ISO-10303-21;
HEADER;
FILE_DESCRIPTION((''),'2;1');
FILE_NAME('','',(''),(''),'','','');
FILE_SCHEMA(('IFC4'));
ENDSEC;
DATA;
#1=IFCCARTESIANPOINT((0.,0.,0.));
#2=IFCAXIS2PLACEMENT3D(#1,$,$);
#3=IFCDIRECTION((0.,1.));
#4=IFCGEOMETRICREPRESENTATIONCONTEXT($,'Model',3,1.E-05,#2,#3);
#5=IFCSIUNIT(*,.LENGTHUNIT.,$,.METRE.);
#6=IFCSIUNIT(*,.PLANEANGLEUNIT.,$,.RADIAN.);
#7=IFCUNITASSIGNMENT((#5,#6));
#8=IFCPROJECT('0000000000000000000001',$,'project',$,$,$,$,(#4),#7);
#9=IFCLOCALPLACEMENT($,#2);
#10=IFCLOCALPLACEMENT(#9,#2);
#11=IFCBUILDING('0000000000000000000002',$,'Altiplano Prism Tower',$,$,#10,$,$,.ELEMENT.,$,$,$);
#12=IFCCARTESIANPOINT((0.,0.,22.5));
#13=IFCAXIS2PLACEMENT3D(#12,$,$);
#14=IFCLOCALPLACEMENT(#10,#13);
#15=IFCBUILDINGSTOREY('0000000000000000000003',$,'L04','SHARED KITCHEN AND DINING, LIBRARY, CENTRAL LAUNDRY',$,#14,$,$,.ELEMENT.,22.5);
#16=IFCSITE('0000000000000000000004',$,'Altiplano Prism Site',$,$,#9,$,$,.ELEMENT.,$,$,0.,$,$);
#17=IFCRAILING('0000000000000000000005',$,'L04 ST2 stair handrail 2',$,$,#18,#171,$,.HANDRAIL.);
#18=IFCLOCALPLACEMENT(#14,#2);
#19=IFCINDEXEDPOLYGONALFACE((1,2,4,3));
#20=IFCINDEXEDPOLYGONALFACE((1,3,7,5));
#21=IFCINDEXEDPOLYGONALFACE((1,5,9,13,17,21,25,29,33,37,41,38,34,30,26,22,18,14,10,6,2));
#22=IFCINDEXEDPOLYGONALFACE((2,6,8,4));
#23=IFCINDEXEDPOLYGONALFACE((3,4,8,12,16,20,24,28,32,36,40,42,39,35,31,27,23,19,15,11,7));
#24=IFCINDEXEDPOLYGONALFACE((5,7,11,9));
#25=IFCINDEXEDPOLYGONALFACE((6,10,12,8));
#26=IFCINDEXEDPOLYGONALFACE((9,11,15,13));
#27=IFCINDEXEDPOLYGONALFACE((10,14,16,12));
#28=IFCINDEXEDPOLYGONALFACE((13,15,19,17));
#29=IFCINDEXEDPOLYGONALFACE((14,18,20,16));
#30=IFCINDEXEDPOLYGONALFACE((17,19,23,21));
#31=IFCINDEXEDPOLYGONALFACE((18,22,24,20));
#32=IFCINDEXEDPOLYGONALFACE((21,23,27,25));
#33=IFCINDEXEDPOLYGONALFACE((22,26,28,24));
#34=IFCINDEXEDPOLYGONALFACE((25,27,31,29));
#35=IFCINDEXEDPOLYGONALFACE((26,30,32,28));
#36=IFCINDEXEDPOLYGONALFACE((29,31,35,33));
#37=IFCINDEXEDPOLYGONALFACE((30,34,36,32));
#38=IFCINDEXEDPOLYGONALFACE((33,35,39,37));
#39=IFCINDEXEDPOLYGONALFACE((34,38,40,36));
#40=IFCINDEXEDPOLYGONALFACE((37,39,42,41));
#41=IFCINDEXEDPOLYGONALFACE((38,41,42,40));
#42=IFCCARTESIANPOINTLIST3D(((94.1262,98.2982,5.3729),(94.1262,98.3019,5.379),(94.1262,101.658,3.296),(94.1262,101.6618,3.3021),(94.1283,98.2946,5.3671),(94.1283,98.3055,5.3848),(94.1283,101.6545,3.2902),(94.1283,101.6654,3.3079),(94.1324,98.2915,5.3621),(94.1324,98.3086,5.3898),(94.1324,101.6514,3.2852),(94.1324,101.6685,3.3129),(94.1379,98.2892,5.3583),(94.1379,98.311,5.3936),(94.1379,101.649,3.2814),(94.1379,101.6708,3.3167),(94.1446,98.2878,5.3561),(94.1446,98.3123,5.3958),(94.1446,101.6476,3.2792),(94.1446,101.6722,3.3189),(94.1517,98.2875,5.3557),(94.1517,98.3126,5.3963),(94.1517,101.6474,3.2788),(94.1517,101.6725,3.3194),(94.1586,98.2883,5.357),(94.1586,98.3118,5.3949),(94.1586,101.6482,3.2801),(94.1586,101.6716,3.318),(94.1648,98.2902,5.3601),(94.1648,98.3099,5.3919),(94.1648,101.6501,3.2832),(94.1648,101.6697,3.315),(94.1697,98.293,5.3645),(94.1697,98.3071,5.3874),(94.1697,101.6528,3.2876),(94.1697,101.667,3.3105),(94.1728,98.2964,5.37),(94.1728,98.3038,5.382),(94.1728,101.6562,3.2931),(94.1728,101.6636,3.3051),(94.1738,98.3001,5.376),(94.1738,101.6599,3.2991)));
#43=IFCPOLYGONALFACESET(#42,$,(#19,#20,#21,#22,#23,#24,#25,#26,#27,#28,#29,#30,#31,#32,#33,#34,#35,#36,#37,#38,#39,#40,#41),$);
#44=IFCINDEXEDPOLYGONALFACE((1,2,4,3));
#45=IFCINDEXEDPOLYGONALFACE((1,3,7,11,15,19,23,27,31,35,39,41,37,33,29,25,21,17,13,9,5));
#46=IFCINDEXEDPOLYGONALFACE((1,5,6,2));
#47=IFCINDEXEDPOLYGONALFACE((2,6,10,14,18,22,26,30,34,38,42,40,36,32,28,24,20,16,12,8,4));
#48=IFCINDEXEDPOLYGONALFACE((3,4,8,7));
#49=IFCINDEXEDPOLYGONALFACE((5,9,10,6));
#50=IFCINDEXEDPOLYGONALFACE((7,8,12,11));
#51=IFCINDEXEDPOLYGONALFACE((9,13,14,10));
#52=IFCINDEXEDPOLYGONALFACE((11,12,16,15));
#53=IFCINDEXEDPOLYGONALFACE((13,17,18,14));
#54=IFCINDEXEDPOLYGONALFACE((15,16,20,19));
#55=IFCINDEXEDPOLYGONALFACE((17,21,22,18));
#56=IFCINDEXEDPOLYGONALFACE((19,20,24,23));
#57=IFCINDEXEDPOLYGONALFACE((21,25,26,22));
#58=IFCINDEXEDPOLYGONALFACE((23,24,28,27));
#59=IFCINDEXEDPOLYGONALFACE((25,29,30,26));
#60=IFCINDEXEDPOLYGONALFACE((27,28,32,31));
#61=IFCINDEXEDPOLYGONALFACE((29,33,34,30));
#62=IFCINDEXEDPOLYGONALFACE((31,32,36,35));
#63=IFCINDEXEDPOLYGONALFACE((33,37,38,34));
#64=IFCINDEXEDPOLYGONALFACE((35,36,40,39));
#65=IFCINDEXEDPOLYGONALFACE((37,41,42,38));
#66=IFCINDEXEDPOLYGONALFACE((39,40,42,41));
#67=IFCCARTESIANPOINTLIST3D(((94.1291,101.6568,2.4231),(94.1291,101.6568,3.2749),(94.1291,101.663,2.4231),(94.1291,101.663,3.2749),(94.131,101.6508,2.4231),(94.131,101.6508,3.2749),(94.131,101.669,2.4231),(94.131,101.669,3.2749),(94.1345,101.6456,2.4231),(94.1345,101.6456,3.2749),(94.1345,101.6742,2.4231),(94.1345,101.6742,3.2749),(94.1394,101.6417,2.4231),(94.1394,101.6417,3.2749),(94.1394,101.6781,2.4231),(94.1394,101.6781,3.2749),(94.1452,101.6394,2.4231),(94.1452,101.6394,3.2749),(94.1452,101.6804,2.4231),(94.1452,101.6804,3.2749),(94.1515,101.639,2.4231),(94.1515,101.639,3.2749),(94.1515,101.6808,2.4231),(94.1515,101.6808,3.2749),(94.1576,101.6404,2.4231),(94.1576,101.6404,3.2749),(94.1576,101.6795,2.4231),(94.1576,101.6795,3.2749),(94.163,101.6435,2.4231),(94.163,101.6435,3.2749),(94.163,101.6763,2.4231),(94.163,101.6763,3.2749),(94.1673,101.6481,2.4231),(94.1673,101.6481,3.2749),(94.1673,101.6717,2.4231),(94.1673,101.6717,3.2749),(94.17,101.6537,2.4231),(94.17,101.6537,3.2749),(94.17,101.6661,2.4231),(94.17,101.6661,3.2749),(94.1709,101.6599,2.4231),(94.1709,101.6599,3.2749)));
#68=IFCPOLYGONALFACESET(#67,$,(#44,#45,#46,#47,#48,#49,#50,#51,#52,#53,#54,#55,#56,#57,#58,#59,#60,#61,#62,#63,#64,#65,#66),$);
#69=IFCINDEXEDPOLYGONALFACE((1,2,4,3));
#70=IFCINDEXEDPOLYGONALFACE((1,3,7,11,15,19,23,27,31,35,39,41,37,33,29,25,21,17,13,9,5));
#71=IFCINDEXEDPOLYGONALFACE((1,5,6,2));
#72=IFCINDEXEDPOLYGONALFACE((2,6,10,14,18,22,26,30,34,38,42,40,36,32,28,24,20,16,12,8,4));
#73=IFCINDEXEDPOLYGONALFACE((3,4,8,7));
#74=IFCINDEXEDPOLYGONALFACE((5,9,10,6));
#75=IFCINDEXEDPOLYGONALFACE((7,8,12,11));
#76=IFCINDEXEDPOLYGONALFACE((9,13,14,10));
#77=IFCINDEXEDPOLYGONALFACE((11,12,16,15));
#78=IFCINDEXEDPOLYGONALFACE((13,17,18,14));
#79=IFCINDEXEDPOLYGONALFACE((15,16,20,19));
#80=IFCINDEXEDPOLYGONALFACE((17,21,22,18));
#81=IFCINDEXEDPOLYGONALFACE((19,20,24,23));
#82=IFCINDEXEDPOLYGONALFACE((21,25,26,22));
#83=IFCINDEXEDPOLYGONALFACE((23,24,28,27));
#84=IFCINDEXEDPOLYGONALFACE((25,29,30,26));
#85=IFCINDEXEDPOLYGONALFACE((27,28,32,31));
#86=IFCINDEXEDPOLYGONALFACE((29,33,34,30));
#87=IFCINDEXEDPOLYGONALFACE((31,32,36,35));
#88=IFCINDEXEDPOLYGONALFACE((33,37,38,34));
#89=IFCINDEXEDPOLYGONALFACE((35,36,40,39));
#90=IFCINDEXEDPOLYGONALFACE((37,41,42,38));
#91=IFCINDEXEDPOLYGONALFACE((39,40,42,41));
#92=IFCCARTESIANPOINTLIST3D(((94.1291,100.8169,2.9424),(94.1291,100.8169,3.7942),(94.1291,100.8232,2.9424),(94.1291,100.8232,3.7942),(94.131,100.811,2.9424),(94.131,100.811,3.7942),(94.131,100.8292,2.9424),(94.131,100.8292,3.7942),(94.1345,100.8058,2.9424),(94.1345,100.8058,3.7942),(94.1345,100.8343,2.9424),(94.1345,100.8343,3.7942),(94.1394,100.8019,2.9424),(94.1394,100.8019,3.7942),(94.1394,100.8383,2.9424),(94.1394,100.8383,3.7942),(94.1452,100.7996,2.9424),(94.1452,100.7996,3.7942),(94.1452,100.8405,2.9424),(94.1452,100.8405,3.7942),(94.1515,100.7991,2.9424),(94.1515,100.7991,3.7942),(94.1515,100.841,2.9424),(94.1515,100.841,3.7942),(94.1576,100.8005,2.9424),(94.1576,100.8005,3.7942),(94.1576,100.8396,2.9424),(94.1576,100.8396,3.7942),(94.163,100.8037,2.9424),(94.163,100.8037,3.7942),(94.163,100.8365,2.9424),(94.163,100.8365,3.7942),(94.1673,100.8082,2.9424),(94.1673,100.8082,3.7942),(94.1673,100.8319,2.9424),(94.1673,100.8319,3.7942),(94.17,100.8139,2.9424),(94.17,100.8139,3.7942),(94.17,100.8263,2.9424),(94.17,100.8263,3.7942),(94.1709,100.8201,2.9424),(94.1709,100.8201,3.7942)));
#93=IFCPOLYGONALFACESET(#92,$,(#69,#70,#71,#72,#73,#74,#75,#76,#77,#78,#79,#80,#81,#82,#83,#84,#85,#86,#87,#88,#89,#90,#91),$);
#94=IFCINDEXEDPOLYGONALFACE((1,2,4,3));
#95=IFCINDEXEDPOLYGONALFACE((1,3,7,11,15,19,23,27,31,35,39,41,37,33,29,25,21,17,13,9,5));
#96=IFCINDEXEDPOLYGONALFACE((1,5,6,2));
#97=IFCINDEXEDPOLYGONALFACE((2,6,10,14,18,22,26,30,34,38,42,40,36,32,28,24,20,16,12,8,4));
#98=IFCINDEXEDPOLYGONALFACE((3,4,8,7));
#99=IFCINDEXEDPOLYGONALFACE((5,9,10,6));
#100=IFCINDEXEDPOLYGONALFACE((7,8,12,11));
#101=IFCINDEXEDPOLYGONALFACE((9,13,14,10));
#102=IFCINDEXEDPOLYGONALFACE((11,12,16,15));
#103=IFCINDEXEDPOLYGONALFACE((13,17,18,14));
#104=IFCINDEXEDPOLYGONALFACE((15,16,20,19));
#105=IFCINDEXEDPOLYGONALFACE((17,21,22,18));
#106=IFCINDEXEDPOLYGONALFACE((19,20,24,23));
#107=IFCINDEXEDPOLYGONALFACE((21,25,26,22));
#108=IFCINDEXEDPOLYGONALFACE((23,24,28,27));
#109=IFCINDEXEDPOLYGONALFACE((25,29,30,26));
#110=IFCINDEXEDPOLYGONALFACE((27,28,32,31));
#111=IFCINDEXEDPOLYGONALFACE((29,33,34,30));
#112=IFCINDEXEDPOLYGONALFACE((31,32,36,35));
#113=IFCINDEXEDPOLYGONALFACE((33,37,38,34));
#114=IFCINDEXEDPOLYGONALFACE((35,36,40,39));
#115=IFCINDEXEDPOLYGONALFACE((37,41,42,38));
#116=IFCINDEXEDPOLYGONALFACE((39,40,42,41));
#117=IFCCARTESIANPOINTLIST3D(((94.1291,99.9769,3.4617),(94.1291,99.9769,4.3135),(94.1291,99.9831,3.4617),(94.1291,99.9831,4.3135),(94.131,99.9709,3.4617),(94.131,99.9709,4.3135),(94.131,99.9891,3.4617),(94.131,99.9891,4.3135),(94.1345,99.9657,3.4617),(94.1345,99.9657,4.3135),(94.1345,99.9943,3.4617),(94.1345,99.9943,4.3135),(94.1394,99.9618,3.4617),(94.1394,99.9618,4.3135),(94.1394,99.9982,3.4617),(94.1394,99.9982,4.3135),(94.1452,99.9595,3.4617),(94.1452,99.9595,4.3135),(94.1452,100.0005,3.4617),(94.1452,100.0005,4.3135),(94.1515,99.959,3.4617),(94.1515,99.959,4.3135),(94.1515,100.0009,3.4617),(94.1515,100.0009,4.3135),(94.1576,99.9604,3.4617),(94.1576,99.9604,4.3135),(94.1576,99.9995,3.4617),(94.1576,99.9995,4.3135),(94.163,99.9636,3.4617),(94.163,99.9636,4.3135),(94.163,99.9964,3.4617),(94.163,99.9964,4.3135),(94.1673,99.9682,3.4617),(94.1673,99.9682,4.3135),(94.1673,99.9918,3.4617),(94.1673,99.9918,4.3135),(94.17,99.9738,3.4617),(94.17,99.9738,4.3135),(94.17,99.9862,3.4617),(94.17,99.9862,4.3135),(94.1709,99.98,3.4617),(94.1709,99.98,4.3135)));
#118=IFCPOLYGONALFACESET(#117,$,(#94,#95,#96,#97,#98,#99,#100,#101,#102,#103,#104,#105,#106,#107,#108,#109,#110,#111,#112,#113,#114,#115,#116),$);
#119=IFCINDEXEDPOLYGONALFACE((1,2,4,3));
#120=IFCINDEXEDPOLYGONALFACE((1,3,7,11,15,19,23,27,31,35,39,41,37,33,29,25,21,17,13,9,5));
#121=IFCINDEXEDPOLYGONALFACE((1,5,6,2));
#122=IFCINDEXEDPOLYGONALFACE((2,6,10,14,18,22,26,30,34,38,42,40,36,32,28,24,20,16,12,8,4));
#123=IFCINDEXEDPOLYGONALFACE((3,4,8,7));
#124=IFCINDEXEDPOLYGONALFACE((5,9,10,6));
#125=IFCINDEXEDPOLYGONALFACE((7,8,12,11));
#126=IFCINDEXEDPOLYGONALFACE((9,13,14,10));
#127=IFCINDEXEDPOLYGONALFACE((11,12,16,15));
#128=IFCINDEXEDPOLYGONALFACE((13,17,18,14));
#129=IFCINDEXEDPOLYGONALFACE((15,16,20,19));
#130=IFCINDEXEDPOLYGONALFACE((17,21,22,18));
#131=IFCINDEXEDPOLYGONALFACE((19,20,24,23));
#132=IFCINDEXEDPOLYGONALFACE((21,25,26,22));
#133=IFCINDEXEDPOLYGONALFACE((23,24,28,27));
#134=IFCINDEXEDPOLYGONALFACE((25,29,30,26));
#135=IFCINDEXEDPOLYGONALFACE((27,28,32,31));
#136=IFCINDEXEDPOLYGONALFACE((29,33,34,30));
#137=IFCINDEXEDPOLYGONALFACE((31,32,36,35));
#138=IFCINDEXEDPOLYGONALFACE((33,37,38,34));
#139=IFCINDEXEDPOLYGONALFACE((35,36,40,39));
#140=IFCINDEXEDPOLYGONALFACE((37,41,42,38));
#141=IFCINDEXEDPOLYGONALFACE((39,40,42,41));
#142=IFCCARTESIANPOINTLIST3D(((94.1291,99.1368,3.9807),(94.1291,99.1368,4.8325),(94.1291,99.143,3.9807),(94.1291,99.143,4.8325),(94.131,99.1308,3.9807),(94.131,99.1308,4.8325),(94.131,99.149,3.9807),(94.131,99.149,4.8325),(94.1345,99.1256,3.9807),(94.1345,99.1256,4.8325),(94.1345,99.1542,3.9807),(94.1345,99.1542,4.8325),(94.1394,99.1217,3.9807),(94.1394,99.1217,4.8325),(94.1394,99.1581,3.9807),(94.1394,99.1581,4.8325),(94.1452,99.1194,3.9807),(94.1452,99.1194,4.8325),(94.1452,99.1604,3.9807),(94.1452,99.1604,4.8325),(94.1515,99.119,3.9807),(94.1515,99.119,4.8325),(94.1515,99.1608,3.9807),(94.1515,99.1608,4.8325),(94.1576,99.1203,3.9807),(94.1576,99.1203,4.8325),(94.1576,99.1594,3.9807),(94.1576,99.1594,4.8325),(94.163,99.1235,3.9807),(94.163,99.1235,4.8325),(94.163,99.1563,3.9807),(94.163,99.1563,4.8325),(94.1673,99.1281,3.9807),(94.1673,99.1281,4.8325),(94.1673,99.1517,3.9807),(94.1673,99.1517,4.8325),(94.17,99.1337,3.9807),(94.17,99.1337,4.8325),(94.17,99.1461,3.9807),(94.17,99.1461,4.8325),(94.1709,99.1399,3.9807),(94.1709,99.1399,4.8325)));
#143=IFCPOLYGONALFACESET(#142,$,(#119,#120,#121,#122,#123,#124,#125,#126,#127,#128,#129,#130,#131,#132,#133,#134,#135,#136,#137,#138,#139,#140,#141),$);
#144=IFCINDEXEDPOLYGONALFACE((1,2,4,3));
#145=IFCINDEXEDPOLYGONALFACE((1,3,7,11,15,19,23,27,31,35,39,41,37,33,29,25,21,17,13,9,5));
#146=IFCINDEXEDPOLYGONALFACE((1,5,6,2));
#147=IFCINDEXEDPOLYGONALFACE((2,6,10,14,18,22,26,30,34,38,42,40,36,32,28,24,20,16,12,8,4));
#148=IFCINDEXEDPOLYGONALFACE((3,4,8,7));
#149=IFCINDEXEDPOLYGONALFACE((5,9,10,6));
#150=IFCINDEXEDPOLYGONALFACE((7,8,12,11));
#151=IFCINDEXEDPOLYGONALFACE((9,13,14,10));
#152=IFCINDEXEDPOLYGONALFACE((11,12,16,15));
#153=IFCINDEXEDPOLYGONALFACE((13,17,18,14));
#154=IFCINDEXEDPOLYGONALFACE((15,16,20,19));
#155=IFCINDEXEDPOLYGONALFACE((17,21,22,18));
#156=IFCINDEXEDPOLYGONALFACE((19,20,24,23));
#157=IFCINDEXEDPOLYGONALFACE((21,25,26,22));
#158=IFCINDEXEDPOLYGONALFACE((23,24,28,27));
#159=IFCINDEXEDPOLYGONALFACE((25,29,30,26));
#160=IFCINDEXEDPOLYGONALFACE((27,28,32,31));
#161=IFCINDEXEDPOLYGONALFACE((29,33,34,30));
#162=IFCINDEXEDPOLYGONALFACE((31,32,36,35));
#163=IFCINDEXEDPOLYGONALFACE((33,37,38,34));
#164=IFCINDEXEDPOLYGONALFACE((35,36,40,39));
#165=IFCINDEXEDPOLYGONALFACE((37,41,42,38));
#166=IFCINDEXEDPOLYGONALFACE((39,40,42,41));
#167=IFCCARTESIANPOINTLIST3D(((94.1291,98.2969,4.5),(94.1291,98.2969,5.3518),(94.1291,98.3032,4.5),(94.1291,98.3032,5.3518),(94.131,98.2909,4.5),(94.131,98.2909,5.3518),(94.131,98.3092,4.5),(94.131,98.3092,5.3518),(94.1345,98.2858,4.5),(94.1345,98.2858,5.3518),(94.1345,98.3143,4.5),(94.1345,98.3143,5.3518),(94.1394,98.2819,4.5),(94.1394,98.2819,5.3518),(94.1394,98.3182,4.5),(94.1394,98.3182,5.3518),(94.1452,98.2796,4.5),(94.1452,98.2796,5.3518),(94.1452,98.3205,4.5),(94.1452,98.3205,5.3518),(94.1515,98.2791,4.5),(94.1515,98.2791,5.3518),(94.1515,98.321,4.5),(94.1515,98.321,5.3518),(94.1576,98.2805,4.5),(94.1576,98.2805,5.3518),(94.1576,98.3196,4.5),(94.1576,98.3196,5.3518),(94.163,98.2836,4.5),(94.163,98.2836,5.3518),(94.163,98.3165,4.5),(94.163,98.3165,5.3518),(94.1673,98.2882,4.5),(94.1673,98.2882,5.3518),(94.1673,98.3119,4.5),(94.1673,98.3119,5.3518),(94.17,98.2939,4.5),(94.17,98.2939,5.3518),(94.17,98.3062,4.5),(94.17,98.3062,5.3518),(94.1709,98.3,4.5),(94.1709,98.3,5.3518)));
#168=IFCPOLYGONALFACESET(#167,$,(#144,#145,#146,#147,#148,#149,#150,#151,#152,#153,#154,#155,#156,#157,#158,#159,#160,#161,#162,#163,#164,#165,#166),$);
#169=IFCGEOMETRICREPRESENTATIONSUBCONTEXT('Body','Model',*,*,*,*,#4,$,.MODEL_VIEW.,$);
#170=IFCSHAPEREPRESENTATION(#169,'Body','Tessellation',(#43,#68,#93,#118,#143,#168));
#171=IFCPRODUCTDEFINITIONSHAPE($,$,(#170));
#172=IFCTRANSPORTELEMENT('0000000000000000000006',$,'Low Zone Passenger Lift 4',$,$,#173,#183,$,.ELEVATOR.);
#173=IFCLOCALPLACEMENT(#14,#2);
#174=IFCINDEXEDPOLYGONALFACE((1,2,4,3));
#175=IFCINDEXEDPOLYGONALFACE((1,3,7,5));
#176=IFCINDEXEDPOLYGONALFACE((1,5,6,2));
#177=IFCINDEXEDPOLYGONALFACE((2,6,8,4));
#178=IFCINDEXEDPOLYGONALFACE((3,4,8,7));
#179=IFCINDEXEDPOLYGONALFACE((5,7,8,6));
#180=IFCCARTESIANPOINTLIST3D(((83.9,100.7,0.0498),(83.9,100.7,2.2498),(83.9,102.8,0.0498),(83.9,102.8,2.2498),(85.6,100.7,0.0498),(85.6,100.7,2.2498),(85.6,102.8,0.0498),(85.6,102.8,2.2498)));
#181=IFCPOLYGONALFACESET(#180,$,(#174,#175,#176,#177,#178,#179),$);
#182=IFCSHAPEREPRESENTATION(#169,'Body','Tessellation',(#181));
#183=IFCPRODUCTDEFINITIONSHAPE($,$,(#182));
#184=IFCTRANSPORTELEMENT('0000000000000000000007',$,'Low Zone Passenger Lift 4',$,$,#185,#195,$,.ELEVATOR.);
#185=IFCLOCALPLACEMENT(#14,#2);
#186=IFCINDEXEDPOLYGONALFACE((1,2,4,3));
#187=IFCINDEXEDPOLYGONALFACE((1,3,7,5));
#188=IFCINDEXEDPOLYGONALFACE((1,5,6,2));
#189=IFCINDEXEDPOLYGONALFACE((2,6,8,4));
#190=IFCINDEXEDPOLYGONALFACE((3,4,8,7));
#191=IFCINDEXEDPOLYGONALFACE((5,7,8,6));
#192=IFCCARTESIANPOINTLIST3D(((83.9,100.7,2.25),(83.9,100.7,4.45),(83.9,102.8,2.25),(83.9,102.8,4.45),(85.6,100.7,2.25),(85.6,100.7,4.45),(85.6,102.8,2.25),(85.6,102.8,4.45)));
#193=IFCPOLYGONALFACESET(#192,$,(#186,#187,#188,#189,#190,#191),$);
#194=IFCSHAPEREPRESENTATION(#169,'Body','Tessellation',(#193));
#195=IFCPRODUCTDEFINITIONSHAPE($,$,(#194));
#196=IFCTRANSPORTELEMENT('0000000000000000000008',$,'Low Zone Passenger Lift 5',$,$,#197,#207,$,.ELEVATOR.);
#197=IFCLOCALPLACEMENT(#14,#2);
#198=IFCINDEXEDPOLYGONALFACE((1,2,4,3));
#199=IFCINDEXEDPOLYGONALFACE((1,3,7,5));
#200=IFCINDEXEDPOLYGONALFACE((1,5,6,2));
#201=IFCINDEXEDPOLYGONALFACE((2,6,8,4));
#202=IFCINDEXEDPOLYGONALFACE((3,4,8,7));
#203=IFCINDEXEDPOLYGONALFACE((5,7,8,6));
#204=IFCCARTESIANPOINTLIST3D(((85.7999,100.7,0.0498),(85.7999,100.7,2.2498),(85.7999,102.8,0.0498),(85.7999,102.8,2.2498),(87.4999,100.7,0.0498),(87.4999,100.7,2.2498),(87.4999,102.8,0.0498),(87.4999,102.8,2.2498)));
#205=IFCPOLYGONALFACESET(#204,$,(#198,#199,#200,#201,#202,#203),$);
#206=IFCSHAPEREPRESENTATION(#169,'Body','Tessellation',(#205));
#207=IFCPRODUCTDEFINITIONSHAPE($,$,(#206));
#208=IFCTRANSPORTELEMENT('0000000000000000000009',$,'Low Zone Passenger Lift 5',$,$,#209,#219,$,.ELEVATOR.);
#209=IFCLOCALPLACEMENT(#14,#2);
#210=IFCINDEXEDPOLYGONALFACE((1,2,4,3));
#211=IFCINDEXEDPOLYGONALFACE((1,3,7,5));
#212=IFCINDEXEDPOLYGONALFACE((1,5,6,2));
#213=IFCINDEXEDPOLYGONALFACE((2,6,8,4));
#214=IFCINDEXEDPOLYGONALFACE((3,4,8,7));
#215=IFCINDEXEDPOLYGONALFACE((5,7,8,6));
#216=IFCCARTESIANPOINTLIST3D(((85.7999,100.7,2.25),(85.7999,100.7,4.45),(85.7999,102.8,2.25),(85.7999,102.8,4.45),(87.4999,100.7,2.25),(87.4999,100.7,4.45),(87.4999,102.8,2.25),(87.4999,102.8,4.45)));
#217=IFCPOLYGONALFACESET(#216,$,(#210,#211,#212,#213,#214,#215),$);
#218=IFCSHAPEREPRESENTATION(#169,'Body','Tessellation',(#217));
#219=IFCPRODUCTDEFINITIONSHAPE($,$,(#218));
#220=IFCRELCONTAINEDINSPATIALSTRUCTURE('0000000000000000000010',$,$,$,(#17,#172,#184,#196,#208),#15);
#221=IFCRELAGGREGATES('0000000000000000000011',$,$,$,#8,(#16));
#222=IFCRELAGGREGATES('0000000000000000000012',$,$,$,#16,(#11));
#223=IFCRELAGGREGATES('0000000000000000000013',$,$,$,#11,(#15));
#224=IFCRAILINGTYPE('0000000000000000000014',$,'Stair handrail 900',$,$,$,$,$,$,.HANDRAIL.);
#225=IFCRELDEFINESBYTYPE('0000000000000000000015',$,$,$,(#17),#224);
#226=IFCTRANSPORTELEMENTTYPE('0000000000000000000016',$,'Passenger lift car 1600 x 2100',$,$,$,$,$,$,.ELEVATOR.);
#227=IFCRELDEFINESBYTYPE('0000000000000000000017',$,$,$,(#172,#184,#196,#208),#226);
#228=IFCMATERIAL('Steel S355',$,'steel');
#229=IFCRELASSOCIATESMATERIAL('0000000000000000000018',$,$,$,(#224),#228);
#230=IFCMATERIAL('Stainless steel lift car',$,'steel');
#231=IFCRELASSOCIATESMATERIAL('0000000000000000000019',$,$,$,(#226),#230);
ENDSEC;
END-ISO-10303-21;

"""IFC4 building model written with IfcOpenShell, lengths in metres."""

from ifc_helpers import new_model, si_unit, direction, frame, origin, origin_2d, place, context, subcontext, project, spatial, rectangle, circle, extrude, material, type_object, element, save


model = new_model("IFC4")

# Units and contexts
model_context = context("Model", 3, precision=1e-05, world=origin(), true_north=direction((0.0, 1.0)))
body_context = subcontext(model_context, "Body", "Model", "MODEL_VIEW")
ifc_project = project(units=[si_unit("LENGTHUNIT", "METRE"), si_unit("PLANEANGLEUNIT", "RADIAN")], contexts=[model_context])

# Site, building, storey
site_placement = place(None, origin())
site = spatial("IfcSite", under=ifc_project, at=site_placement, Name="Altiplano Prism Site", CompositionType="ELEMENT", RefElevation=0.0)
building_placement = place(site_placement, origin())
building = spatial("IfcBuilding", under=site, at=building_placement, Name="Altiplano Prism Tower", CompositionType="ELEMENT")
storey_placement = place(building_placement, frame((0.0, 0.0, 22.5)))
storey = spatial("IfcBuildingStorey", under=building, at=storey_placement, Name="L04", Description="SHARED KITCHEN AND DINING, LIBRARY, CENTRAL LAUNDRY", CompositionType="ELEMENT", Elevation=22.5)

# Railing
ifc_material_1 = material(Name="Steel S355", Category="steel")
railing_type = type_object("IfcRailingType", Name="Stair handrail 900", PredefinedType="HANDRAIL", material=ifc_material_1)
railing_1_placement = place(storey_placement, frame((94.1499, 101.6599, 2.4231)))
element("IfcRailing", 1, at=railing_1_placement, inside=storey, type_object=railing_type, Name="L04 ST2 stair handrail 2", PredefinedType="HANDRAIL", context=body_context, shape_type="SweptSolid", body=[
    extrude(circle(Radius=0.0239, at=origin_2d()), frame((0.0, 0.0, 0.876), z_axis=(0.0, -0.850606, 0.525803), x_axis=(1.0, 0.0, 0.0)), (0.0, 0.0, 1.0), 3.95),
    extrude(circle(Radius=0.021, at=origin_2d()), origin(), (0.0, 0.0, 1.0), 0.8518),
    extrude(circle(Radius=0.021, at=origin_2d()), frame((0.0, -0.8398, 0.5193)), (0.0, 0.0, 1.0), 0.8518),
    extrude(circle(Radius=0.021, at=origin_2d()), frame((0.0, -1.6799, 1.0386)), (0.0, 0.0, 1.0), 0.8518),
    extrude(circle(Radius=0.021, at=origin_2d()), frame((0.0, -2.52, 1.5576)), (0.0, 0.0, 1.0), 0.8518),
    extrude(circle(Radius=0.021, at=origin_2d()), frame((0.0, -3.3599, 2.0769)), (0.0, 0.0, 1.0), 0.8518),
])

# Transport elements
ifc_material_2 = material(Name="Stainless steel lift car", Category="steel")
transport_element_type = type_object("IfcTransportElementType", Name="Passenger lift car 1600 x 2100", PredefinedType="ELEVATOR", material=ifc_material_2)
for number, where, z_axis, x_axis, name in (
    (2, (84.75, 101.75, 0.0498), (0.0, 0.0, 1.0), (1.0, 0.0, 0.0), "Low Zone Passenger Lift 4"),
    (3, (84.75, 101.75, 2.25), (0.0, 0.0, 1.0), (1.0, 0.0, 0.0), "Low Zone Passenger Lift 4"),
    (4, (86.6499, 101.75, 0.0498), (0.0, 0.0, 1.0), (1.0, 0.0, 0.0), "Low Zone Passenger Lift 5"),
    (5, (86.6499, 101.75, 2.25), (0.0, 0.0, 1.0), (1.0, 0.0, 0.0), "Low Zone Passenger Lift 5"),
):
    element("IfcTransportElement", number, at=place(storey_placement, frame(where, z_axis=z_axis, x_axis=x_axis)), inside=storey, type_object=transport_element_type, Name=name, PredefinedType="ELEVATOR", context=body_context, shape_type="SweptSolid", body=[
        extrude(rectangle(XDim=1.7, YDim=2.1001, at=origin_2d()), origin(), (0.0, 0.0, 1.0), 2.2),
    ])

save(model, "model.ifc")
